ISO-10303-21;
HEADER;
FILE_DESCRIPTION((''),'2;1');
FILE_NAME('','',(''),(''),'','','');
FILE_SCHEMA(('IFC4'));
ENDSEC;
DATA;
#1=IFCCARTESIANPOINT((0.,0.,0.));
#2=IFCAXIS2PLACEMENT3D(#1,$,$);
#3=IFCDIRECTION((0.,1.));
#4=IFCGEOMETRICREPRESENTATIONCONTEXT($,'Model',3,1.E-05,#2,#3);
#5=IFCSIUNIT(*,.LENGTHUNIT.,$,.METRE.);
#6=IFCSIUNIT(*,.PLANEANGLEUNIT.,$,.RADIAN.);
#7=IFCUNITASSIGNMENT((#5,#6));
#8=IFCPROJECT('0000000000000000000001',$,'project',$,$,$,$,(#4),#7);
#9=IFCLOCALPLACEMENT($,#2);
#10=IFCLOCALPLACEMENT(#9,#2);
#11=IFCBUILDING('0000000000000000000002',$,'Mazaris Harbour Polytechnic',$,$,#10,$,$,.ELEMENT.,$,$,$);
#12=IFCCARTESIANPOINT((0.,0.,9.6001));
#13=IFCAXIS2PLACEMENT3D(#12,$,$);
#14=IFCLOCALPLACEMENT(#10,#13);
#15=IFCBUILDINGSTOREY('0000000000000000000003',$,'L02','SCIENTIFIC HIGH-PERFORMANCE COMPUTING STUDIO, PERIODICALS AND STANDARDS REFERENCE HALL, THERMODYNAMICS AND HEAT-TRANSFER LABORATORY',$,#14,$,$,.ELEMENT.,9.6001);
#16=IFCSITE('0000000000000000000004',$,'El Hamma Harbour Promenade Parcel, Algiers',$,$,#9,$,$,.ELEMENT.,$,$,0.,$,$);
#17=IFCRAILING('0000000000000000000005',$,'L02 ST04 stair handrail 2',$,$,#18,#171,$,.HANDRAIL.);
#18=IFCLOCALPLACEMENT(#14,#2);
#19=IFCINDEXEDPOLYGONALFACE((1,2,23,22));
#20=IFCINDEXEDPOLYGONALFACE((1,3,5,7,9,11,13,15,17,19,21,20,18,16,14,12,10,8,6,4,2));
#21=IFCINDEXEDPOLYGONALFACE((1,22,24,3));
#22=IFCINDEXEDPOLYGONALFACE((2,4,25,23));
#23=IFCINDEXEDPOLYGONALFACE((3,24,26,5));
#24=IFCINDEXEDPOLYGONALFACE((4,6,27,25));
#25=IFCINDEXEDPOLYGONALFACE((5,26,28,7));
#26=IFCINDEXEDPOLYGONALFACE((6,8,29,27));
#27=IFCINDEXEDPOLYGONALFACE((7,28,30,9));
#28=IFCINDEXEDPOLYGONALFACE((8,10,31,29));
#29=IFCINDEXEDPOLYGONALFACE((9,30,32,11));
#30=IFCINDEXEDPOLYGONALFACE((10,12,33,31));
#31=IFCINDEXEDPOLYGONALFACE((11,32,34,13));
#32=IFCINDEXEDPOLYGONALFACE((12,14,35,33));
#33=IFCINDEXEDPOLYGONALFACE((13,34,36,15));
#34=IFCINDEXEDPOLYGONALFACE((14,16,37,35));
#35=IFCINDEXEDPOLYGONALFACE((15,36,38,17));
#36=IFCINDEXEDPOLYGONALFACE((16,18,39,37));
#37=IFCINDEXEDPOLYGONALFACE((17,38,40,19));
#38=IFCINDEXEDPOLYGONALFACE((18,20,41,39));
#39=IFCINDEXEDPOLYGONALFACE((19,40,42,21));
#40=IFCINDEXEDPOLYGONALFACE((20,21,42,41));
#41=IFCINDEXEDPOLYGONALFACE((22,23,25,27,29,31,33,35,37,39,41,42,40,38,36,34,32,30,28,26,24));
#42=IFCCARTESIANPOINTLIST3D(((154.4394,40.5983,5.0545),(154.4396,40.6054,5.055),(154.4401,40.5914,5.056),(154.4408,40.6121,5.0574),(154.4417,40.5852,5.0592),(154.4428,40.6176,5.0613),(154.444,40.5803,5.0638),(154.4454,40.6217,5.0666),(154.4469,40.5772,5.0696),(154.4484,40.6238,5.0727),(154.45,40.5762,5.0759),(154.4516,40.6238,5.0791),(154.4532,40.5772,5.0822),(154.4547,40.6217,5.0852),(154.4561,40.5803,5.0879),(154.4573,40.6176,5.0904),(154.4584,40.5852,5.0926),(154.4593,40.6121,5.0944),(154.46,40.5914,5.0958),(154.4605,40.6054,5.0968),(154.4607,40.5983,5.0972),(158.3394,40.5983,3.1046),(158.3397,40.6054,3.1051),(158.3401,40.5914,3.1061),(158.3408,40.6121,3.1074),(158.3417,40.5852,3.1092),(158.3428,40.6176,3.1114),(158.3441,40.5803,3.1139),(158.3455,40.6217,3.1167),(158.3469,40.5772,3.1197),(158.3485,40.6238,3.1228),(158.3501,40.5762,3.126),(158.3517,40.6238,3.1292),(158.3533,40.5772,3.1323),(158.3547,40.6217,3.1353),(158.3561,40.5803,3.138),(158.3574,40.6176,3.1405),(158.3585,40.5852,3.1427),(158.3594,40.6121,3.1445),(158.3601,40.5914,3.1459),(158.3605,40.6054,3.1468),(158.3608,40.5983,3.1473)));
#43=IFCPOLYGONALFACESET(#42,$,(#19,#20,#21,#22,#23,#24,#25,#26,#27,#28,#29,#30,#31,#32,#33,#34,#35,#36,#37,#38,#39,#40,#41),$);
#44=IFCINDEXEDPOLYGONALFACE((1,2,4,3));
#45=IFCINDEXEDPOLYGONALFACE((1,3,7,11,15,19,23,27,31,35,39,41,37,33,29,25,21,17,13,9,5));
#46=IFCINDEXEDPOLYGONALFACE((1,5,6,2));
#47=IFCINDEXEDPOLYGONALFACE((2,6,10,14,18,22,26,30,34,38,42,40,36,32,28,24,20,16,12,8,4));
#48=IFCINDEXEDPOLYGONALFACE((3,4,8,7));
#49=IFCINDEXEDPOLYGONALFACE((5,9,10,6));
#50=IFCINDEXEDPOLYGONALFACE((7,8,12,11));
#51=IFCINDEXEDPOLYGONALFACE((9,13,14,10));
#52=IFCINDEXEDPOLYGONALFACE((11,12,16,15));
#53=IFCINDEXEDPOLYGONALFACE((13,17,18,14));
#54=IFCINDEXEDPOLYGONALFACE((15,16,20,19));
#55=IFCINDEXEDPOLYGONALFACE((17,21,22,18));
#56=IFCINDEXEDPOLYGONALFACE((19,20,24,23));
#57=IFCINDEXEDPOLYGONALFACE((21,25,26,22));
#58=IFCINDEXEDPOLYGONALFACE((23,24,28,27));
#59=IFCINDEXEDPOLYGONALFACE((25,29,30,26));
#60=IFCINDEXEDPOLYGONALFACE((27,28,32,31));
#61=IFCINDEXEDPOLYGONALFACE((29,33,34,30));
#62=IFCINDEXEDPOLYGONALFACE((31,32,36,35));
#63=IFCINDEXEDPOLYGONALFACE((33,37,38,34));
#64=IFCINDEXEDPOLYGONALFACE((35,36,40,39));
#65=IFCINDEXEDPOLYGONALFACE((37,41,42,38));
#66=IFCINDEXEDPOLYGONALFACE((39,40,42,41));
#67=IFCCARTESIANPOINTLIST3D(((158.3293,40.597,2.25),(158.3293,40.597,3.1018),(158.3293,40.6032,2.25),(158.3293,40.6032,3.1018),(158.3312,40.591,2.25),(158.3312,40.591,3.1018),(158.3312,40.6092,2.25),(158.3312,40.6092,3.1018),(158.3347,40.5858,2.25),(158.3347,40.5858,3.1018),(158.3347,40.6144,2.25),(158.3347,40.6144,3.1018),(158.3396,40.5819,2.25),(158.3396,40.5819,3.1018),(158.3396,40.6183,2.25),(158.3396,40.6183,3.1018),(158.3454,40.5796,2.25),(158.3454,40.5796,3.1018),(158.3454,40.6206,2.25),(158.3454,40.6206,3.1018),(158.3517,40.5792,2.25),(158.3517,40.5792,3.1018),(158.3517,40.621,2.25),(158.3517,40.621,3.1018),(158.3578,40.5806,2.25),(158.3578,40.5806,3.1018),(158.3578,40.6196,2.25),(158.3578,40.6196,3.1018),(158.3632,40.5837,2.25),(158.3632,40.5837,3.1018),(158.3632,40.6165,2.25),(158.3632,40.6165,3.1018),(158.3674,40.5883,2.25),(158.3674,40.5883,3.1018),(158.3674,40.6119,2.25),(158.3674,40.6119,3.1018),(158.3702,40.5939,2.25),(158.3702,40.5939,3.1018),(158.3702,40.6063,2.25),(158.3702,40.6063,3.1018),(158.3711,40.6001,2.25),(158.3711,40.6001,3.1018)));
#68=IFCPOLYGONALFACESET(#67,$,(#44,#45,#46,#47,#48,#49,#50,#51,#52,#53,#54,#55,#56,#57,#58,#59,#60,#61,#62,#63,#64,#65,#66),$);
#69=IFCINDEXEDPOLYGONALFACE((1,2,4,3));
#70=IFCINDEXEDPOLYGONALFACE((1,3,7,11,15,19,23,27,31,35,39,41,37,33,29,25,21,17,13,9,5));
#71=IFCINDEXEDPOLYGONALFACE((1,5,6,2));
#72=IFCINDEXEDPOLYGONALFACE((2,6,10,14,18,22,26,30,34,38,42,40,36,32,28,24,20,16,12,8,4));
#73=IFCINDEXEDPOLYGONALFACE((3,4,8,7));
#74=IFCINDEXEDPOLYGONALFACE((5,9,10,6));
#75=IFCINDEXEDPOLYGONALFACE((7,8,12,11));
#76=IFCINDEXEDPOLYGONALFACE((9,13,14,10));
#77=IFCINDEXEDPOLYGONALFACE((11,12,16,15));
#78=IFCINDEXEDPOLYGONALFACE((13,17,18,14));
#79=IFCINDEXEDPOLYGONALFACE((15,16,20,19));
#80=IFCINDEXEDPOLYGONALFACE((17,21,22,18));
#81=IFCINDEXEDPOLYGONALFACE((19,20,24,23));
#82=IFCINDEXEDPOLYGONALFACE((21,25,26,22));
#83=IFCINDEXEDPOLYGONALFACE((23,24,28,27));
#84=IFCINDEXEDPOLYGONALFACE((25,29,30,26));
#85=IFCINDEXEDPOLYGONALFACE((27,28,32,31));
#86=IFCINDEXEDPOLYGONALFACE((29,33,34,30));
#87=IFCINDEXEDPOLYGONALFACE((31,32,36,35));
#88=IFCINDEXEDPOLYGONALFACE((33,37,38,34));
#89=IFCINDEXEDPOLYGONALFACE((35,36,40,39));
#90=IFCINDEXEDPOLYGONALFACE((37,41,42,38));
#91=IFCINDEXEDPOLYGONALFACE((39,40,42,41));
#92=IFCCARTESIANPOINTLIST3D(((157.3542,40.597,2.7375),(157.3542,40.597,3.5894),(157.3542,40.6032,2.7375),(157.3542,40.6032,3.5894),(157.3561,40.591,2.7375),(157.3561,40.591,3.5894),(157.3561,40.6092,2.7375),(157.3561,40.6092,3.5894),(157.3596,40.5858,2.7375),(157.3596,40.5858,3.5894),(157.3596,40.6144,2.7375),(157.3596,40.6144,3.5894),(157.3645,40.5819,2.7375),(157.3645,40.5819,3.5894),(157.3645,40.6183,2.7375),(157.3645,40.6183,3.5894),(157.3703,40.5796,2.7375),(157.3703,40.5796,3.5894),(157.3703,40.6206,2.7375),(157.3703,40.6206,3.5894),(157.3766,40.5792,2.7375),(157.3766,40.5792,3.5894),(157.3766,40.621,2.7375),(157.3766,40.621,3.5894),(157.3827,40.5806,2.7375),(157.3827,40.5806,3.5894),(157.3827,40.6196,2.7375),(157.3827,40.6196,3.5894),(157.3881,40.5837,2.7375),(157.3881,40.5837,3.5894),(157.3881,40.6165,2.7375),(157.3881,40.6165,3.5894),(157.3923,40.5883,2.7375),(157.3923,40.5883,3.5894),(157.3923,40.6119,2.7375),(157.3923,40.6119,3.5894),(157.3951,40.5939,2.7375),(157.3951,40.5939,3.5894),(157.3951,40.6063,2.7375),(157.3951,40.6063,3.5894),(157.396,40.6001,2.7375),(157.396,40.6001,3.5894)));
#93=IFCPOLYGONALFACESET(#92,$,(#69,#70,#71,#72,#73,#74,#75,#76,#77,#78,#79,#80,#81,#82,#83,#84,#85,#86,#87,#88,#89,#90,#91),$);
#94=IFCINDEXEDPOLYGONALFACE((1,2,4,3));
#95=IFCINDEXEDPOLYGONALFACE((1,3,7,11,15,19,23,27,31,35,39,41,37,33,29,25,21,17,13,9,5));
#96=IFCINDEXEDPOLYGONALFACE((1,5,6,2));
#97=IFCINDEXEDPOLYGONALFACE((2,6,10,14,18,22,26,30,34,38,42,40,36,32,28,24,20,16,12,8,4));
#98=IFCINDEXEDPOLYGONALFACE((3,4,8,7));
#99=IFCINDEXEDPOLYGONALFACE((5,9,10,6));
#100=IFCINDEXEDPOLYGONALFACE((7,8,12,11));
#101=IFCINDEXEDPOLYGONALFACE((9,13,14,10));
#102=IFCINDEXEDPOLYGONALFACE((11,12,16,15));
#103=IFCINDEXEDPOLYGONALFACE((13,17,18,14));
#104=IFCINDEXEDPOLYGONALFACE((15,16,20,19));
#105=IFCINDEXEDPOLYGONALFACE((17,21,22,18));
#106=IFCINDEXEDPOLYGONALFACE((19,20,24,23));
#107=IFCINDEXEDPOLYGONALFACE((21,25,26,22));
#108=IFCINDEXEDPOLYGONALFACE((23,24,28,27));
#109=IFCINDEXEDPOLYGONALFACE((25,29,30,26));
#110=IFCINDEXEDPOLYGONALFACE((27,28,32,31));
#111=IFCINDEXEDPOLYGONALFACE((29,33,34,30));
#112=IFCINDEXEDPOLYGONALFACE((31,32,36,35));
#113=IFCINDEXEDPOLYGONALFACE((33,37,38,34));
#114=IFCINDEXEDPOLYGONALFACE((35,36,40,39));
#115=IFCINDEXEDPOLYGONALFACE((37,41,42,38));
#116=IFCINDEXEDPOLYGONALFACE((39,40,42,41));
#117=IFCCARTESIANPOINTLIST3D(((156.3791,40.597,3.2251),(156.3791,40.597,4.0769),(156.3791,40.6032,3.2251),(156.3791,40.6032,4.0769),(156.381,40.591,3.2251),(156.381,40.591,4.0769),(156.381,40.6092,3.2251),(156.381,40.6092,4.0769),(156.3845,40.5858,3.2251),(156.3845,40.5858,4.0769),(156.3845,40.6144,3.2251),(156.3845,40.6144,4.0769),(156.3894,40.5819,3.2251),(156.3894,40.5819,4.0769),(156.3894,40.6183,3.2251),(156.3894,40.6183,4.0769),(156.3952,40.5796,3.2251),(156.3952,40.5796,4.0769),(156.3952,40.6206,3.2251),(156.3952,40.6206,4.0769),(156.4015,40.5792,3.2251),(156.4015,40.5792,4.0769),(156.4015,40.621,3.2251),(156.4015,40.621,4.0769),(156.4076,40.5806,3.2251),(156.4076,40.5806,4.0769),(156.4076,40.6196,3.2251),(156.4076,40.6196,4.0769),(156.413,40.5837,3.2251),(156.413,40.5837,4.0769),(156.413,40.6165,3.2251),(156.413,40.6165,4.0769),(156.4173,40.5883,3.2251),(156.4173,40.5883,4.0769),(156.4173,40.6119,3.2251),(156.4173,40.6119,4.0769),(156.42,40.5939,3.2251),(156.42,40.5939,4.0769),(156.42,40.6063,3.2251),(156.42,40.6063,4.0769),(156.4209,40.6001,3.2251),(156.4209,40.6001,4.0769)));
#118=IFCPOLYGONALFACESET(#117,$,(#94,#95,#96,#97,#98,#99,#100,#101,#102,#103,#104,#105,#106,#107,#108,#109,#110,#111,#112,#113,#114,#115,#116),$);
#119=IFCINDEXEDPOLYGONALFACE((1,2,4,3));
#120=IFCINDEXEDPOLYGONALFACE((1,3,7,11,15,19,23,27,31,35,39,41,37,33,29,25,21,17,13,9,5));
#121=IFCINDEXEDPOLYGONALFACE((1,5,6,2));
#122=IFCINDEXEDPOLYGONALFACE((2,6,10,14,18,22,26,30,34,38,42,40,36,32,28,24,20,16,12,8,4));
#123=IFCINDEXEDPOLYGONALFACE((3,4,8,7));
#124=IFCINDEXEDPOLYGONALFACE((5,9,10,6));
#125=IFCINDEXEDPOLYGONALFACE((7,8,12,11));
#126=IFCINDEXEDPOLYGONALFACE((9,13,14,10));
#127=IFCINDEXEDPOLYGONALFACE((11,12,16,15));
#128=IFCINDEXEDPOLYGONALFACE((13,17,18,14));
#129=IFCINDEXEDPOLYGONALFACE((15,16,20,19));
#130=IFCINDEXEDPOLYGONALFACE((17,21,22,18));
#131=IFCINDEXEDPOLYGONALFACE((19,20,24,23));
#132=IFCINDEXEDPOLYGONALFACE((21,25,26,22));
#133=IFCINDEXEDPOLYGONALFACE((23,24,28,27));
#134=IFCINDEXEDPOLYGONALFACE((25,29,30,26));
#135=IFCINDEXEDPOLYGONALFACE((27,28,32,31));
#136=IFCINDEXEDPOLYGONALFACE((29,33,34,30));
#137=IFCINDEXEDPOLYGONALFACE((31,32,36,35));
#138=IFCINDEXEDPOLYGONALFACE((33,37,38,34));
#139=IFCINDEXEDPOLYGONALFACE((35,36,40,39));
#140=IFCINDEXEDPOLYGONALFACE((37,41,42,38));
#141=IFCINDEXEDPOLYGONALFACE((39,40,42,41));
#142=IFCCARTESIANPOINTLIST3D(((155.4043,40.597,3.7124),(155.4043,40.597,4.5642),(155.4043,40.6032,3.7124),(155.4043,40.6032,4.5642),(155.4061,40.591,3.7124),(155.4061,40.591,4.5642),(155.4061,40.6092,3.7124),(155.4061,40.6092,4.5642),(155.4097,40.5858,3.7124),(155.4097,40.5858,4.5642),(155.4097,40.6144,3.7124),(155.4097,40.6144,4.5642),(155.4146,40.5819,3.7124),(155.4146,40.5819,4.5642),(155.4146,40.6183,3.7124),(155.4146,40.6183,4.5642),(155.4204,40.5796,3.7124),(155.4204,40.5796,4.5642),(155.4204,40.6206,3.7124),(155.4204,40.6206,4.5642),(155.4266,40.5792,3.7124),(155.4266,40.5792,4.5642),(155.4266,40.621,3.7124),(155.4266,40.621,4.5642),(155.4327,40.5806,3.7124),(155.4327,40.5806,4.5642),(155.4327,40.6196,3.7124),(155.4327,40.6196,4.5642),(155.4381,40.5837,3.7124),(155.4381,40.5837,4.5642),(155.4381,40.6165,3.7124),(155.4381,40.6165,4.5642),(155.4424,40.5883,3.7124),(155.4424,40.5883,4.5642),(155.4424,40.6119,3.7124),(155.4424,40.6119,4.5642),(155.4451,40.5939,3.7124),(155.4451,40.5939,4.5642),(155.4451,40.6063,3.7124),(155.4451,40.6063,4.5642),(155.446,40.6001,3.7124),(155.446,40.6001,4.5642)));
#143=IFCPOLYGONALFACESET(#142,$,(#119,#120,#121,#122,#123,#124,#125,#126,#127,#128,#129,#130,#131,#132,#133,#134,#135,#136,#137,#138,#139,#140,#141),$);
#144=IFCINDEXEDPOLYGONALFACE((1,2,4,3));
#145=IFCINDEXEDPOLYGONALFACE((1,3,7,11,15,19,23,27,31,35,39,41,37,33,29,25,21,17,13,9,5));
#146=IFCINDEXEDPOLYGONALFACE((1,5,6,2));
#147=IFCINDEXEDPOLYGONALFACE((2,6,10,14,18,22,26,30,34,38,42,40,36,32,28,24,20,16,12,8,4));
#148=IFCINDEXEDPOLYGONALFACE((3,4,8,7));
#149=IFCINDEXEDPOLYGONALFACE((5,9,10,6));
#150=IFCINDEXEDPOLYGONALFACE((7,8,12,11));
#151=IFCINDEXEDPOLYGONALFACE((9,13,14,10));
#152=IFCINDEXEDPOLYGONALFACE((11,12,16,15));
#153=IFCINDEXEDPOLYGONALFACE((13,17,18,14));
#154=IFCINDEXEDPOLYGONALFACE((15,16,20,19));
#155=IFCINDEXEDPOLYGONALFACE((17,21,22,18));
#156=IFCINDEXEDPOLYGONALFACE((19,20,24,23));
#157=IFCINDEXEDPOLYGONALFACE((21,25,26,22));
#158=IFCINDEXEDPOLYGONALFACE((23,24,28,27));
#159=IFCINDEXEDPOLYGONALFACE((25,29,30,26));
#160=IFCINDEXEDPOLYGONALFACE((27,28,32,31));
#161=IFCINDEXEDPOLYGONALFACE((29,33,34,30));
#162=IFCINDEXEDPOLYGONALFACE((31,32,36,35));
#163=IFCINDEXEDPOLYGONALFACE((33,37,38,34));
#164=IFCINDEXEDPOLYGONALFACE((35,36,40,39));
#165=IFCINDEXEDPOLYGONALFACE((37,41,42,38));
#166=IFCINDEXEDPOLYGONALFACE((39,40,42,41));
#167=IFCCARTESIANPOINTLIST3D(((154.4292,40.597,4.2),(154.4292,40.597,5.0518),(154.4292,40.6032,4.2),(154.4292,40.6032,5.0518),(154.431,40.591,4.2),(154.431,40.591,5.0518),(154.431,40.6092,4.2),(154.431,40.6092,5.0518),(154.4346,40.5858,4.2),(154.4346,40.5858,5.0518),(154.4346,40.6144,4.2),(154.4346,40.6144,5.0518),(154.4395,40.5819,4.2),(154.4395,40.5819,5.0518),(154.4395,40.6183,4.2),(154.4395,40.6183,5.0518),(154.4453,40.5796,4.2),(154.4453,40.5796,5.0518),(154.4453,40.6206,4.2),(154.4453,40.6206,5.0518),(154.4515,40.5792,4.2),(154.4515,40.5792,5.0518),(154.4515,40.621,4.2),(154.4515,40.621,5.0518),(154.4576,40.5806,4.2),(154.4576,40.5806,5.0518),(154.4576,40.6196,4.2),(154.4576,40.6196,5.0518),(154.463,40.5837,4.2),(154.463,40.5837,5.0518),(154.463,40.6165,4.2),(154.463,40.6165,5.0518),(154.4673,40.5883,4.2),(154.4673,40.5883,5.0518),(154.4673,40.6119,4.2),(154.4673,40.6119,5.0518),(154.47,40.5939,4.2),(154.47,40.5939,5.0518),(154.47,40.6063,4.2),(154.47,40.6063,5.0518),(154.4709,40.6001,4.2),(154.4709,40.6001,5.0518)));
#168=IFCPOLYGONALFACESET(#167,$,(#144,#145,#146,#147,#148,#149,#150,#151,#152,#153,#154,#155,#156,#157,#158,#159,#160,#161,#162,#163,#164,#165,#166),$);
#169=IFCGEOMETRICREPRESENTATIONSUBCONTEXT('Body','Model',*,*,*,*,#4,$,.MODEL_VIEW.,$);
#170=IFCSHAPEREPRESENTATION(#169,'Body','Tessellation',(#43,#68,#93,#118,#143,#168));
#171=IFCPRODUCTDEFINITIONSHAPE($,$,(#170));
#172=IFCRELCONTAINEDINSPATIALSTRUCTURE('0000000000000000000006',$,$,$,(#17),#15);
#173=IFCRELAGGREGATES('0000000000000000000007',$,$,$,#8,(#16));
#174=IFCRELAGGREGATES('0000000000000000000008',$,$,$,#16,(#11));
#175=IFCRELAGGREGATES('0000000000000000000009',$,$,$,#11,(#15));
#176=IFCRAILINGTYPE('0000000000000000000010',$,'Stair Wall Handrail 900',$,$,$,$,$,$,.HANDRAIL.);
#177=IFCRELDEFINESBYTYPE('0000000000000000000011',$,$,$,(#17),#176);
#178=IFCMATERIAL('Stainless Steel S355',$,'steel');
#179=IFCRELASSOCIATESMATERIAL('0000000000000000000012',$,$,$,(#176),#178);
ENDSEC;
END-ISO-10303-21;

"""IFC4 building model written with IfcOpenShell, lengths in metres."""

from ifc_helpers import new_model, si_unit, direction, frame, origin, origin_2d, place, context, subcontext, project, spatial, circle, extrude, material, type_object, element, save


model = new_model("IFC4")

# Units and contexts
model_context = context("Model", 3, precision=1e-05, world=origin(), true_north=direction((0.0, 1.0)))
body_context = subcontext(model_context, "Body", "Model", "MODEL_VIEW")
ifc_project = project(units=[si_unit("LENGTHUNIT", "METRE"), si_unit("PLANEANGLEUNIT", "RADIAN")], contexts=[model_context])

# Site, building, storey
site_placement = place(None, origin())
site = spatial("IfcSite", under=ifc_project, at=site_placement, Name="El Hamma Harbour Promenade Parcel, Algiers", CompositionType="ELEMENT", RefElevation=0.0)
building_placement = place(site_placement, origin())
building = spatial("IfcBuilding", under=site, at=building_placement, Name="Mazaris Harbour Polytechnic", CompositionType="ELEMENT")
storey_placement = place(building_placement, frame((0.0, 0.0, 9.6001)))
storey = spatial("IfcBuildingStorey", under=building, at=storey_placement, Name="L02", Description="SCIENTIFIC HIGH-PERFORMANCE COMPUTING STUDIO, PERIODICALS AND STANDARDS REFERENCE HALL, THERMODYNAMICS AND HEAT-TRANSFER LABORATORY", CompositionType="ELEMENT", Elevation=9.6001)

# Railing
ifc_material_1 = material(Name="Stainless Steel S355", Category="steel")
railing_type_1 = type_object("IfcRailingType", Name="Stair Wall Handrail 900", PredefinedType="HANDRAIL", material=ifc_material_1)
railing_1_placement = place(storey_placement, frame((158.3501, 40.6001, 2.25)))
element("IfcRailing", 1, at=railing_1_placement, inside=storey, type_object=railing_type_1, Name="L02 ST04 stair handrail 2", PredefinedType="HANDRAIL", context=body_context, shape_type="SweptSolid", body=[
    extrude(circle(Radius=0.0239, at=origin_2d()), frame((0.0, 0.0, 0.876), z_axis=(-0.894438, 0.0, 0.447191), x_axis=(0.0, -1.0, 0.0)), (0.0, 0.0, 1.0), 4.3604),
    extrude(circle(Radius=0.021, at=origin_2d()), origin(), (0.0, 0.0, 1.0), 0.8518),
    extrude(circle(Radius=0.021, at=origin_2d()), frame((-0.9751, 0.0, 0.4875)), (0.0, 0.0, 1.0), 0.8518),
    extrude(circle(Radius=0.021, at=origin_2d()), frame((-1.9502, 0.0, 0.9751)), (0.0, 0.0, 1.0), 0.8518),
    extrude(circle(Radius=0.021, at=origin_2d()), frame((-2.925, 0.0, 1.4624)), (0.0, 0.0, 1.0), 0.8518),
    extrude(circle(Radius=0.021, at=origin_2d()), frame((-3.9001, 0.0, 1.95)), (0.0, 0.0, 1.0), 0.8518),
])

save(model, "model.ifc")
